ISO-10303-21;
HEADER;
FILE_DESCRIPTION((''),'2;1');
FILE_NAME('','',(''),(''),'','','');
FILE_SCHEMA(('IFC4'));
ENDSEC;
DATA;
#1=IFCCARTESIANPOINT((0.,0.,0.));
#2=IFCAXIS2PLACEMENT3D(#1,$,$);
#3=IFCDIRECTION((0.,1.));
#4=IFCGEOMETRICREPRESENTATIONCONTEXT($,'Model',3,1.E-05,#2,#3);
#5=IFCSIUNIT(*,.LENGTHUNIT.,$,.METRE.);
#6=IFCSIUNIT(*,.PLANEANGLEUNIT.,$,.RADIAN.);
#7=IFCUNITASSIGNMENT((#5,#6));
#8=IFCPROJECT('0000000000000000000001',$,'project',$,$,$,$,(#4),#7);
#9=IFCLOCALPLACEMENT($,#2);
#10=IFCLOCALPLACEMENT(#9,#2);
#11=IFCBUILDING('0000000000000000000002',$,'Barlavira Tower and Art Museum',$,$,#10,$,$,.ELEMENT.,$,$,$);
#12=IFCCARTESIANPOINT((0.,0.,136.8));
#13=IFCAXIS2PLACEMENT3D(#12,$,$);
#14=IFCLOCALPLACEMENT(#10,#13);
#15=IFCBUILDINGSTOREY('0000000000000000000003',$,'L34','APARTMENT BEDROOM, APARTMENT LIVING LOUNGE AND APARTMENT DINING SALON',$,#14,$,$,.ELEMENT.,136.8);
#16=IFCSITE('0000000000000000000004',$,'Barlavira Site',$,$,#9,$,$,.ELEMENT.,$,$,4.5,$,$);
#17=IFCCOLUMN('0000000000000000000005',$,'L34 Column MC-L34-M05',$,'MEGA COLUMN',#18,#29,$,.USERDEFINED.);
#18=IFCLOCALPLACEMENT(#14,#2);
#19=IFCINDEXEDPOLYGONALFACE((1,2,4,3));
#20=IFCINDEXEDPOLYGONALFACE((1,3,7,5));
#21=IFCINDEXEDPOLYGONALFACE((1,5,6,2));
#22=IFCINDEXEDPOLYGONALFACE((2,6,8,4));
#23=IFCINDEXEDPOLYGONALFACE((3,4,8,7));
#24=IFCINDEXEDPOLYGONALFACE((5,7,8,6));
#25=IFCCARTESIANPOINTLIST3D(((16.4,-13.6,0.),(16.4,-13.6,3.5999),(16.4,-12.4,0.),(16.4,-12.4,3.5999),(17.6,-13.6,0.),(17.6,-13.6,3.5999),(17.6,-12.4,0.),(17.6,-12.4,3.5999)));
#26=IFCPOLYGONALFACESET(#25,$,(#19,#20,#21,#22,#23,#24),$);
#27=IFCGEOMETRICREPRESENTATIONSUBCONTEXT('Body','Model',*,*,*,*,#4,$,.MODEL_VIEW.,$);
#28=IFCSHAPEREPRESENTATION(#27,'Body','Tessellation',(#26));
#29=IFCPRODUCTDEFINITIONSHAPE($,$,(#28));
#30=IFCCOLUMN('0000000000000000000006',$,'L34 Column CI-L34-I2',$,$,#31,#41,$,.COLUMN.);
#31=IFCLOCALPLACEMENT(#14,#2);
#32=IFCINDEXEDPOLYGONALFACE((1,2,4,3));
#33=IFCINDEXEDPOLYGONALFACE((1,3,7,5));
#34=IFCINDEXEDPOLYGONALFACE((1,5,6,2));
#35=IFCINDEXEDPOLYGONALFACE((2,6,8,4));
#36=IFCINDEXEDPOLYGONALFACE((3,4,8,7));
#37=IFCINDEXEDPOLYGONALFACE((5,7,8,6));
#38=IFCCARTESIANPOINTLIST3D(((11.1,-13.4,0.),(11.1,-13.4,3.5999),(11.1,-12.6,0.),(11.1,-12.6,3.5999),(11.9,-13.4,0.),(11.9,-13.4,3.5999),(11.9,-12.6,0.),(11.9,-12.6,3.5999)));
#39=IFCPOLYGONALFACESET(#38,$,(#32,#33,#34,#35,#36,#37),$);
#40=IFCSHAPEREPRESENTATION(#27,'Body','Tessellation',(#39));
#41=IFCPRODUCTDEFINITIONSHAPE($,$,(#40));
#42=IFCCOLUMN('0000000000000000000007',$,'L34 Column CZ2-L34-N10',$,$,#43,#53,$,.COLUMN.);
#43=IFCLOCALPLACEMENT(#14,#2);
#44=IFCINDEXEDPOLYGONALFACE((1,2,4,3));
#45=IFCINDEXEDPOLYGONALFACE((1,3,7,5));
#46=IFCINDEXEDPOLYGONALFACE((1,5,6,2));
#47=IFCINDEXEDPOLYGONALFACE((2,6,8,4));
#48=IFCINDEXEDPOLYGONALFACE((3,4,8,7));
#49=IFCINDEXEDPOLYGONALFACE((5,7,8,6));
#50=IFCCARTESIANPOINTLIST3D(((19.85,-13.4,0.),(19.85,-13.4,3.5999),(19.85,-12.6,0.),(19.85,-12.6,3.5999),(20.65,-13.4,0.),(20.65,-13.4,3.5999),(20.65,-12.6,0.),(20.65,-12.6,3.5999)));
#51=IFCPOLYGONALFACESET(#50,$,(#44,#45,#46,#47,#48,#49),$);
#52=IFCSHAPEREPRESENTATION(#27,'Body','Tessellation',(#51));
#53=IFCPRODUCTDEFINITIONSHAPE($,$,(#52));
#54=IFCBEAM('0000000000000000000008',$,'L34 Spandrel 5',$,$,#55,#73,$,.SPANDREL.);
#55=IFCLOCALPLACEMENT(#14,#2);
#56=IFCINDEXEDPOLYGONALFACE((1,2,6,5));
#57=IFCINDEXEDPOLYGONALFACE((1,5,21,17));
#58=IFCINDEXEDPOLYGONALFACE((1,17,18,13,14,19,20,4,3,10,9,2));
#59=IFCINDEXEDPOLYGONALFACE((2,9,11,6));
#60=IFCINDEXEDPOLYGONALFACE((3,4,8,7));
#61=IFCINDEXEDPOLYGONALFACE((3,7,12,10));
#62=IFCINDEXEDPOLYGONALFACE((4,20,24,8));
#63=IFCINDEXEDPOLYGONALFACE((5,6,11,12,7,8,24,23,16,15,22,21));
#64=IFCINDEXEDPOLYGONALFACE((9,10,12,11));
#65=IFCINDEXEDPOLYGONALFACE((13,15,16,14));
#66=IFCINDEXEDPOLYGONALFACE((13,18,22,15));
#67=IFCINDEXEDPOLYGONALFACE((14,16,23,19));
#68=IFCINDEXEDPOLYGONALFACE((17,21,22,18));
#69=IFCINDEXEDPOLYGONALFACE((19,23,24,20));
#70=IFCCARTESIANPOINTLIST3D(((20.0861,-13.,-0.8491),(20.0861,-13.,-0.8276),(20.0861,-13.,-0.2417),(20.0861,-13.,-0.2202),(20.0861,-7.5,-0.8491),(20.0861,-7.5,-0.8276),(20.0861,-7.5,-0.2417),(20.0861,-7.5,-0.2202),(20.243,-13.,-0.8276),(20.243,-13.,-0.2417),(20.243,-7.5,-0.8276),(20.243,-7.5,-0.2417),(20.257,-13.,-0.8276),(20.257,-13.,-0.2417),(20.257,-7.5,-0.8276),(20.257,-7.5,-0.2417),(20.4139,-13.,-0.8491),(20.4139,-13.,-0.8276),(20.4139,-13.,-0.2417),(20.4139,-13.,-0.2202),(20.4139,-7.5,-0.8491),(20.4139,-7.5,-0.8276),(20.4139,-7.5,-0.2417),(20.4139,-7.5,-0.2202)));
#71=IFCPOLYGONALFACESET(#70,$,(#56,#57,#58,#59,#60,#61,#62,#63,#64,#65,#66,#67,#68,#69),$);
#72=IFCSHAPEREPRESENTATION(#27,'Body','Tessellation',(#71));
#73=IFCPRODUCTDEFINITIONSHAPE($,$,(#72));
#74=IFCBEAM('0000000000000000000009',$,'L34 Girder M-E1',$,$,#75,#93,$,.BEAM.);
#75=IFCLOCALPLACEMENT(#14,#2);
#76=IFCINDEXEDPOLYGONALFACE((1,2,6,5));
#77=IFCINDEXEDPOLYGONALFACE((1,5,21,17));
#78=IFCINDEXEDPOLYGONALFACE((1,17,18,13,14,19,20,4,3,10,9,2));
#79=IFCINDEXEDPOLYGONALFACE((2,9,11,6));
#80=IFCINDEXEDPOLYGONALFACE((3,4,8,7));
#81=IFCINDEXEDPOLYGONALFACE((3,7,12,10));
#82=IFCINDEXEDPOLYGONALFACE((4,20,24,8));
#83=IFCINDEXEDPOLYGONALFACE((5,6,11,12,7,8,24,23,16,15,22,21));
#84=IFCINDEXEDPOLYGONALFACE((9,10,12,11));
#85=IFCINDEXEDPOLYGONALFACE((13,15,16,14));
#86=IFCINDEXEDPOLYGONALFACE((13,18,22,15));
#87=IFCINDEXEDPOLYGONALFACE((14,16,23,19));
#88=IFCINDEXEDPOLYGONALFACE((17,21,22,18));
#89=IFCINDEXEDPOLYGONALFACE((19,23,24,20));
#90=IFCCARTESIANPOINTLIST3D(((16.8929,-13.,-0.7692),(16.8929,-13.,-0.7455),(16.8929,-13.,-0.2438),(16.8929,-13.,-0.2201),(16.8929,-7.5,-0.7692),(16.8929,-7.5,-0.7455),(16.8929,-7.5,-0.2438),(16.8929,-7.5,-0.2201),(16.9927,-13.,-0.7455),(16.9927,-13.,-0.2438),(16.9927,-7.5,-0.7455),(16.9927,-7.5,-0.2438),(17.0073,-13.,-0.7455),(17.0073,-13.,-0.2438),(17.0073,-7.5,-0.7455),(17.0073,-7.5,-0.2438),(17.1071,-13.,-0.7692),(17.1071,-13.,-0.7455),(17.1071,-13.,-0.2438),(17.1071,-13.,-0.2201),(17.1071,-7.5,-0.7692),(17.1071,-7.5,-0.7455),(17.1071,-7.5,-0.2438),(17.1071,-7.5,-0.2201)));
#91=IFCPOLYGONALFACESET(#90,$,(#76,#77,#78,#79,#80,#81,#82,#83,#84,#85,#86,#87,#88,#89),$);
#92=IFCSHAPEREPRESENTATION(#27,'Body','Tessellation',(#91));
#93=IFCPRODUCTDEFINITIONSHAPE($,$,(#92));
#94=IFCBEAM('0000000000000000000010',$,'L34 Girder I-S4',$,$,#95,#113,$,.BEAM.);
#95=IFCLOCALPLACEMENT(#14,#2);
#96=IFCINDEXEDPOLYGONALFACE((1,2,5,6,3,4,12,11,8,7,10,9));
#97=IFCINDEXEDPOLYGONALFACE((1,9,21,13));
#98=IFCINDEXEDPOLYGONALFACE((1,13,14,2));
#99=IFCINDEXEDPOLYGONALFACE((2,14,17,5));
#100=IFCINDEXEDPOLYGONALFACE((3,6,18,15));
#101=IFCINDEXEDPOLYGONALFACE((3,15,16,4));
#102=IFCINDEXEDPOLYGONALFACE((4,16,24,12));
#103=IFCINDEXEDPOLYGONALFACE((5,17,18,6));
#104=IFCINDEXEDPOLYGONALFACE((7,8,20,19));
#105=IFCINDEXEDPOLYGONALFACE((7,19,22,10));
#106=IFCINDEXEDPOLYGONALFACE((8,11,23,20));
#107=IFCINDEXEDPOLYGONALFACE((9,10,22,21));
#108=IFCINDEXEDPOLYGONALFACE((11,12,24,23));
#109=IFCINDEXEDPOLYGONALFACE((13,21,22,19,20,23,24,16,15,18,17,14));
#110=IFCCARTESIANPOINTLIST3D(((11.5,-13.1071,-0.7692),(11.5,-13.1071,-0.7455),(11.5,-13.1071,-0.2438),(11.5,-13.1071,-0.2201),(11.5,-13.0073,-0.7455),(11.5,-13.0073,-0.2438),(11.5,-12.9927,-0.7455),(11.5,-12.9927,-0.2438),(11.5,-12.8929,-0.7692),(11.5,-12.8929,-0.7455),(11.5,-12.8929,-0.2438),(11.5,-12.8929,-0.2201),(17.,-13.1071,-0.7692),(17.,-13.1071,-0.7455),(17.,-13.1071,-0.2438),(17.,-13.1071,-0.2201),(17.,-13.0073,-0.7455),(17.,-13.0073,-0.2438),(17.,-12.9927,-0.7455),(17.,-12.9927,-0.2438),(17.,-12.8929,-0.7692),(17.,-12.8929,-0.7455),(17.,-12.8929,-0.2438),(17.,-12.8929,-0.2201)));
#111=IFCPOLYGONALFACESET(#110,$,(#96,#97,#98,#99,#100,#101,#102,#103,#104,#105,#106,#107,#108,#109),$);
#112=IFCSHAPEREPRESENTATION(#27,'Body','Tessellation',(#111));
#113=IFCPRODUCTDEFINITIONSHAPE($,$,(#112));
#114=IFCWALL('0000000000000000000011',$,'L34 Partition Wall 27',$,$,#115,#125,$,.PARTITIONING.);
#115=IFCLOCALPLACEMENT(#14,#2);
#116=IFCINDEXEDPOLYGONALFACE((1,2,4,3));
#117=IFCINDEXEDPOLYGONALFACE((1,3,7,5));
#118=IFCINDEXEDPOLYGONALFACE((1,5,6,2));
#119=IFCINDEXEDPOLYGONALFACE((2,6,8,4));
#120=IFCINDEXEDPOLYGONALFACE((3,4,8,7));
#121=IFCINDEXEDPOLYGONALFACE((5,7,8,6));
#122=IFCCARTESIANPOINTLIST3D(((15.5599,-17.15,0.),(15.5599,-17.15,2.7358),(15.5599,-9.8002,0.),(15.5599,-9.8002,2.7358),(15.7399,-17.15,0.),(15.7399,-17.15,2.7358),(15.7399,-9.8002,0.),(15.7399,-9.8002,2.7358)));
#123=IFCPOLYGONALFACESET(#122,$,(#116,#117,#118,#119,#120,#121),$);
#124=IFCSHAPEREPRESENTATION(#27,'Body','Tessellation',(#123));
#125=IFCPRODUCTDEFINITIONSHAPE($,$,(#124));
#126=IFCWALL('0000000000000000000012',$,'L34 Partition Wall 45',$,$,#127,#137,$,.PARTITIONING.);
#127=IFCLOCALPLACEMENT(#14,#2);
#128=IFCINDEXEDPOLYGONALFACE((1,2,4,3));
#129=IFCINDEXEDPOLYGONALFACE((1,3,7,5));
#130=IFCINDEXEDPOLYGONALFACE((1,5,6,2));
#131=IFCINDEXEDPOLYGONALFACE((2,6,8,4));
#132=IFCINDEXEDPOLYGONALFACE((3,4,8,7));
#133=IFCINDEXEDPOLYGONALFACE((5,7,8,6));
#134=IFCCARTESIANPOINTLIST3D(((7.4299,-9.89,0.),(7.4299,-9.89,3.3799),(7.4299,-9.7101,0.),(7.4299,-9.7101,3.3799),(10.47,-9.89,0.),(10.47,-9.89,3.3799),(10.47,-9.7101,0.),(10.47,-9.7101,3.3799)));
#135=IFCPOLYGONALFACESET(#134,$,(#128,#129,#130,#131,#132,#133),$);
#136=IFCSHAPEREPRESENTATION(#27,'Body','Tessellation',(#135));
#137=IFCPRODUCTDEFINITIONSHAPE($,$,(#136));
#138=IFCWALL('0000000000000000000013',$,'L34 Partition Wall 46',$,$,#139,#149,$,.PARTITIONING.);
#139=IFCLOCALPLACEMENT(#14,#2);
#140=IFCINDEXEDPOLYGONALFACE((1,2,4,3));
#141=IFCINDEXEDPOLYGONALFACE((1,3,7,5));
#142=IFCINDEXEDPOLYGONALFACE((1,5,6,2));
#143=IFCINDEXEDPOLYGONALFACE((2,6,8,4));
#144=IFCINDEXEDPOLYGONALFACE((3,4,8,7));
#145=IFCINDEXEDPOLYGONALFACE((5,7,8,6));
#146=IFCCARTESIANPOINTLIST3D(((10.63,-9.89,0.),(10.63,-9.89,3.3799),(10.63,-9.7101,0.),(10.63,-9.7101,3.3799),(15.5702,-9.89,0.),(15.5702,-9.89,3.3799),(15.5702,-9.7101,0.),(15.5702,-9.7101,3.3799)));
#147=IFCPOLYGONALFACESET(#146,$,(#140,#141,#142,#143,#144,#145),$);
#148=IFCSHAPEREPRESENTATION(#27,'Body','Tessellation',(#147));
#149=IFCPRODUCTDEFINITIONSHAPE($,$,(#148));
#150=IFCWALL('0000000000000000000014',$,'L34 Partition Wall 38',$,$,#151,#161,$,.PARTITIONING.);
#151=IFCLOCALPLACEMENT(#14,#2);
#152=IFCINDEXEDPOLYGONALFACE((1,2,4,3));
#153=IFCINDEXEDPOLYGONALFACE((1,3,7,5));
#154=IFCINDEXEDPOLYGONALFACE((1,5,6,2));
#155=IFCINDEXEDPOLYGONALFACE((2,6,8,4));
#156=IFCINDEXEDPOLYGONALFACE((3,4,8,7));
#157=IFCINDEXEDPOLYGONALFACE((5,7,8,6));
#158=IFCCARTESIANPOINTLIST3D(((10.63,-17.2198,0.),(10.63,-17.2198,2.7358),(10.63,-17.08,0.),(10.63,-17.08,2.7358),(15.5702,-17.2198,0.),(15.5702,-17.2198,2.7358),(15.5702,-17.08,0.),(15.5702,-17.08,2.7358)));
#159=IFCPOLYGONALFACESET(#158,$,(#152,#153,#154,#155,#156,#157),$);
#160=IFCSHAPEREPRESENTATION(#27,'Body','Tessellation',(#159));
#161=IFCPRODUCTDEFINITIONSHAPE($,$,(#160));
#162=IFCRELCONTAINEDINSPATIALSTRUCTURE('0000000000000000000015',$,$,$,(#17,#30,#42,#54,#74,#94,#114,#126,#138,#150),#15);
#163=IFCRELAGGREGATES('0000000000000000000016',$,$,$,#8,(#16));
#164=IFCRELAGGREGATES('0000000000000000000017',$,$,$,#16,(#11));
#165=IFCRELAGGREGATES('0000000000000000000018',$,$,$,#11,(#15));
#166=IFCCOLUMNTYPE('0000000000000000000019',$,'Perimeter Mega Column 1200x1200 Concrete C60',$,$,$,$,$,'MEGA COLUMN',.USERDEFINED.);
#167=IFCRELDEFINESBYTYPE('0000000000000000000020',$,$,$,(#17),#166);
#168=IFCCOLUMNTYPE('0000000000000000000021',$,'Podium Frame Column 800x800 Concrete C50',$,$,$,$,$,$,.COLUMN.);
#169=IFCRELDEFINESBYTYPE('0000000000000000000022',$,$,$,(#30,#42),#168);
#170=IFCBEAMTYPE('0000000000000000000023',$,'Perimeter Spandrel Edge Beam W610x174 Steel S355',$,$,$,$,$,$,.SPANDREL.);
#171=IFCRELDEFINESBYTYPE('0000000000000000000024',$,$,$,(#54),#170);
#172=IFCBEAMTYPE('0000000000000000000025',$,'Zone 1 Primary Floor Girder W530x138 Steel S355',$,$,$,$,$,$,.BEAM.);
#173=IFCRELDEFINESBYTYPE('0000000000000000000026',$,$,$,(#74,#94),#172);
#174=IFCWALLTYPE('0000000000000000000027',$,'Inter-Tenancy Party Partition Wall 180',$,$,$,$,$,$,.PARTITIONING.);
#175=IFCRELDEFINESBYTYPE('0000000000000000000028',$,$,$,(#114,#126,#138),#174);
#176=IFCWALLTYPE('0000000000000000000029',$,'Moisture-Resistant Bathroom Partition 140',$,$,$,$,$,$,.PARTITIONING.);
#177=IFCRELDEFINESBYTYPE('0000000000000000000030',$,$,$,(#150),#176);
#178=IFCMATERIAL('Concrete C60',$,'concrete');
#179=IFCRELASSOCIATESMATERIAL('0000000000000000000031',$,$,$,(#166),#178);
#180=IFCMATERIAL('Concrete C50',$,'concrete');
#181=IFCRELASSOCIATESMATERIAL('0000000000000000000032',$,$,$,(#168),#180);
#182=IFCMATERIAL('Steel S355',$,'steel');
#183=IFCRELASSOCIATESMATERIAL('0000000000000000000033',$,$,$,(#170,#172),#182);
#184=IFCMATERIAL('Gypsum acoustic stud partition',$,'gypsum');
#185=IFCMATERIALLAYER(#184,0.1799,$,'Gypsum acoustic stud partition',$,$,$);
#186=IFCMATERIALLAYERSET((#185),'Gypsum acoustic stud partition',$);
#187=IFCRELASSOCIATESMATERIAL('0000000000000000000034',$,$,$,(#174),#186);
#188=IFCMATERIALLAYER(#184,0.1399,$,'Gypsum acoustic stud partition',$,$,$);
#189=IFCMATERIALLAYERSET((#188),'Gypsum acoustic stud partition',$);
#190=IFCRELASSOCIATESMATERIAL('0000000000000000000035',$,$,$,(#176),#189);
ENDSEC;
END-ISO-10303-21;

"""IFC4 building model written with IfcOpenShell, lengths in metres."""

from ifc_helpers import new_model, si_unit, direction, frame, frame_2d, origin, origin_2d, place, context, subcontext, project, spatial, rectangle, i_section, extrude, material, layer, layer_set, material_profile, profile_set, type_object, element, save


model = new_model("IFC4")

# Units and contexts
model_context = context("Model", 3, precision=1e-05, world=origin(), true_north=direction((0.0, 1.0)))
body_context = subcontext(model_context, "Body", "Model", "MODEL_VIEW")
ifc_project = project(units=[si_unit("LENGTHUNIT", "METRE"), si_unit("PLANEANGLEUNIT", "RADIAN")], contexts=[model_context])

# Site, building, storey
site_placement = place(None, origin())
site = spatial("IfcSite", under=ifc_project, at=site_placement, Name="Barlavira Site", CompositionType="ELEMENT", RefElevation=4.5)
building_placement = place(site_placement, origin())
building = spatial("IfcBuilding", under=site, at=building_placement, Name="Barlavira Tower and Art Museum", CompositionType="ELEMENT")
storey_placement = place(building_placement, frame((0.0, 0.0, 136.8)))
storey = spatial("IfcBuildingStorey", under=building, at=storey_placement, Name="L34", Description="APARTMENT BEDROOM, APARTMENT LIVING LOUNGE AND APARTMENT DINING SALON", CompositionType="ELEMENT", Elevation=136.8)

# Columns
ifc_material_1 = material(Name="Concrete C60", Category="concrete")
ifc_material_profile_1 = material_profile(ifc_material_1, rectangle(XDim=1.2, YDim=1.2, at=origin_2d()), Name="RC-COL 1200x1200")
ifc_profile_set_1 = profile_set([ifc_material_profile_1], Name="Concrete C60")
column_type_1 = type_object("IfcColumnType", Name="Perimeter Mega Column 1200x1200 Concrete C60", ElementType="MEGA COLUMN", PredefinedType="USERDEFINED", material=ifc_profile_set_1)
column_placement = place(storey_placement, frame((17.0, -13.0, 0.0), z_axis=(0.0, 0.0, 1.0), x_axis=(1.0, 0.0, 0.0)))
element("IfcColumn", 1, at=column_placement, inside=storey, type_object=column_type_1, Name="L34 Column MC-L34-M05", ObjectType="MEGA COLUMN", PredefinedType="USERDEFINED", context=body_context, shape_type="SweptSolid", body=[
    extrude(rectangle(XDim=1.2, YDim=1.2, at=origin_2d()), origin(), (0.0, 0.0, 1.0), 3.5999),
])
ifc_material_2 = material(Name="Concrete C50", Category="concrete")
ifc_material_profile_2 = material_profile(ifc_material_2, rectangle(XDim=0.8, YDim=0.8, at=origin_2d()), Name="RC-COL 800x800")
ifc_profile_set_2 = profile_set([ifc_material_profile_2], Name="Concrete C50")
column_type_2 = type_object("IfcColumnType", Name="Podium Frame Column 800x800 Concrete C50", PredefinedType="COLUMN", material=ifc_profile_set_2)
for number, where, z_axis, x_axis, name in (
    (2, (11.5, -13.0, 0.0), (0.0, 0.0, 1.0), (1.0, 0.0, 0.0), "L34 Column CI-L34-I2"),
    (3, (20.25, -13.0, 0.0), (0.0, 0.0, 1.0), (1.0, 0.0, 0.0), "L34 Column CZ2-L34-N10"),
):
    element("IfcColumn", number, at=place(storey_placement, frame(where, z_axis=z_axis, x_axis=x_axis)), inside=storey, type_object=column_type_2, Name=name, PredefinedType="COLUMN", context=body_context, shape_type="SweptSolid", body=[
        extrude(rectangle(XDim=0.8, YDim=0.8, at=origin_2d()), origin(), (0.0, 0.0, 1.0), 3.5999),
    ])

# Beams
ifc_material_3 = material(Name="Steel S355", Category="steel")
ifc_material_profile_3 = material_profile(ifc_material_3, i_section(OverallWidth=0.3279, OverallDepth=0.6289, WebThickness=0.0139, FlangeThickness=0.0215, at=origin_2d()), Name="W610x174.0")
ifc_profile_set_3 = profile_set([ifc_material_profile_3], Name="Steel S355")
beam_type_1 = type_object("IfcBeamType", Name="Perimeter Spandrel Edge Beam W610x174 Steel S355", PredefinedType="SPANDREL", material=ifc_profile_set_3)
beam_placement = place(storey_placement, frame((20.25, -13.0, -0.5347), z_axis=(0.0, 1.0, 0.0), x_axis=(-1.0, 0.0, 0.0)))
element("IfcBeam", 4, at=beam_placement, inside=storey, type_object=beam_type_1, Name="L34 Spandrel 5", PredefinedType="SPANDREL", context=body_context, shape_type="SweptSolid", body=[
    extrude(i_section(OverallWidth=0.3279, OverallDepth=0.6289, WebThickness=0.0139, FlangeThickness=0.0215, at=origin_2d()), origin(), (0.0, 0.0, 1.0), 5.5),
])
ifc_material_profile_4 = material_profile(ifc_material_3, i_section(OverallWidth=0.2141, OverallDepth=0.5491, WebThickness=0.0146, FlangeThickness=0.0237, at=origin_2d()), Name="W530x138.0")
ifc_profile_set_4 = profile_set([ifc_material_profile_4], Name="Steel S355")
beam_type_2 = type_object("IfcBeamType", Name="Zone 1 Primary Floor Girder W530x138 Steel S355", PredefinedType="BEAM", material=ifc_profile_set_4)
for number, where, z_axis, x_axis, name in (
    (5, (17.0, -13.0, -0.4946), (0.0, 1.0, 0.0), (-1.0, 0.0, 0.0), "L34 Girder M-E1"),
    (6, (11.5, -13.0, -0.4946), (1.0, 0.0, 0.0), (0.0, 1.0, 0.0), "L34 Girder I-S4"),
):
    element("IfcBeam", number, at=place(storey_placement, frame(where, z_axis=z_axis, x_axis=x_axis)), inside=storey, type_object=beam_type_2, Name=name, PredefinedType="BEAM", context=body_context, shape_type="SweptSolid", body=[
        extrude(i_section(OverallWidth=0.2141, OverallDepth=0.5491, WebThickness=0.0146, FlangeThickness=0.0237, at=origin_2d()), origin(), (0.0, 0.0, 1.0), 5.5),
    ])

# Walls
ifc_material_4 = material(Name="Gypsum acoustic stud partition", Category="gypsum")
ifc_layer_1 = layer(ifc_material_4, 0.1799, Name="Gypsum acoustic stud partition")
ifc_layer_set_1 = layer_set([ifc_layer_1], Name="Gypsum acoustic stud partition")
wall_type_1 = type_object("IfcWallType", Name="Inter-Tenancy Party Partition Wall 180", PredefinedType="PARTITIONING", material=ifc_layer_set_1)
wall_1_placement = place(storey_placement, frame((15.6499, -17.1499, 0.0), z_axis=(0.0, 0.0, 1.0), x_axis=(0.0, 1.0, 0.0)))
element("IfcWall", 7, at=wall_1_placement, inside=storey, type_object=wall_type_1, Name="L34 Partition Wall 27", PredefinedType="PARTITIONING", context=body_context, shape_type="SweptSolid", body=[
    extrude(rectangle(XDim=7.3499, YDim=0.1799, at=frame_2d((3.6748, 0.0))), origin(), (0.0, 0.0, 1.0), 2.7358),
])
wall_2_placement = place(storey_placement, frame((7.4299, -9.8, 0.0), z_axis=(0.0, 0.0, 1.0), x_axis=(1.0, 0.0, 0.0)))
element("IfcWall", 8, at=wall_2_placement, inside=storey, type_object=wall_type_1, Name="L34 Partition Wall 45", PredefinedType="PARTITIONING", context=body_context, shape_type="SweptSolid", body=[
    extrude(rectangle(XDim=3.04, YDim=0.1799, at=frame_2d((1.52, 0.0))), origin(), (0.0, 0.0, 1.0), 3.3799),
])
wall_3_placement = place(storey_placement, frame((10.6299, -9.8, 0.0), z_axis=(0.0, 0.0, 1.0), x_axis=(1.0, 0.0, 0.0)))
element("IfcWall", 9, at=wall_3_placement, inside=storey, type_object=wall_type_1, Name="L34 Partition Wall 46", PredefinedType="PARTITIONING", context=body_context, shape_type="SweptSolid", body=[
    extrude(rectangle(XDim=4.9402, YDim=0.1799, at=frame_2d((2.4702, 0.0))), origin(), (0.0, 0.0, 1.0), 3.3799),
])
ifc_layer_2 = layer(ifc_material_4, 0.1399, Name="Gypsum acoustic stud partition")
ifc_layer_set_2 = layer_set([ifc_layer_2], Name="Gypsum acoustic stud partition")
wall_type_2 = type_object("IfcWallType", Name="Moisture-Resistant Bathroom Partition 140", PredefinedType="PARTITIONING", material=ifc_layer_set_2)
wall_4_placement = place(storey_placement, frame((10.6299, -17.1499, 0.0), z_axis=(0.0, 0.0, 1.0), x_axis=(1.0, 0.0, 0.0)))
element("IfcWall", 10, at=wall_4_placement, inside=storey, type_object=wall_type_2, Name="L34 Partition Wall 38", PredefinedType="PARTITIONING", context=body_context, shape_type="SweptSolid", body=[
    extrude(rectangle(XDim=4.9402, YDim=0.1399, at=frame_2d((2.4702, 0.0))), origin(), (0.0, 0.0, 1.0), 2.7358),
])

save(model, "model.ifc")
